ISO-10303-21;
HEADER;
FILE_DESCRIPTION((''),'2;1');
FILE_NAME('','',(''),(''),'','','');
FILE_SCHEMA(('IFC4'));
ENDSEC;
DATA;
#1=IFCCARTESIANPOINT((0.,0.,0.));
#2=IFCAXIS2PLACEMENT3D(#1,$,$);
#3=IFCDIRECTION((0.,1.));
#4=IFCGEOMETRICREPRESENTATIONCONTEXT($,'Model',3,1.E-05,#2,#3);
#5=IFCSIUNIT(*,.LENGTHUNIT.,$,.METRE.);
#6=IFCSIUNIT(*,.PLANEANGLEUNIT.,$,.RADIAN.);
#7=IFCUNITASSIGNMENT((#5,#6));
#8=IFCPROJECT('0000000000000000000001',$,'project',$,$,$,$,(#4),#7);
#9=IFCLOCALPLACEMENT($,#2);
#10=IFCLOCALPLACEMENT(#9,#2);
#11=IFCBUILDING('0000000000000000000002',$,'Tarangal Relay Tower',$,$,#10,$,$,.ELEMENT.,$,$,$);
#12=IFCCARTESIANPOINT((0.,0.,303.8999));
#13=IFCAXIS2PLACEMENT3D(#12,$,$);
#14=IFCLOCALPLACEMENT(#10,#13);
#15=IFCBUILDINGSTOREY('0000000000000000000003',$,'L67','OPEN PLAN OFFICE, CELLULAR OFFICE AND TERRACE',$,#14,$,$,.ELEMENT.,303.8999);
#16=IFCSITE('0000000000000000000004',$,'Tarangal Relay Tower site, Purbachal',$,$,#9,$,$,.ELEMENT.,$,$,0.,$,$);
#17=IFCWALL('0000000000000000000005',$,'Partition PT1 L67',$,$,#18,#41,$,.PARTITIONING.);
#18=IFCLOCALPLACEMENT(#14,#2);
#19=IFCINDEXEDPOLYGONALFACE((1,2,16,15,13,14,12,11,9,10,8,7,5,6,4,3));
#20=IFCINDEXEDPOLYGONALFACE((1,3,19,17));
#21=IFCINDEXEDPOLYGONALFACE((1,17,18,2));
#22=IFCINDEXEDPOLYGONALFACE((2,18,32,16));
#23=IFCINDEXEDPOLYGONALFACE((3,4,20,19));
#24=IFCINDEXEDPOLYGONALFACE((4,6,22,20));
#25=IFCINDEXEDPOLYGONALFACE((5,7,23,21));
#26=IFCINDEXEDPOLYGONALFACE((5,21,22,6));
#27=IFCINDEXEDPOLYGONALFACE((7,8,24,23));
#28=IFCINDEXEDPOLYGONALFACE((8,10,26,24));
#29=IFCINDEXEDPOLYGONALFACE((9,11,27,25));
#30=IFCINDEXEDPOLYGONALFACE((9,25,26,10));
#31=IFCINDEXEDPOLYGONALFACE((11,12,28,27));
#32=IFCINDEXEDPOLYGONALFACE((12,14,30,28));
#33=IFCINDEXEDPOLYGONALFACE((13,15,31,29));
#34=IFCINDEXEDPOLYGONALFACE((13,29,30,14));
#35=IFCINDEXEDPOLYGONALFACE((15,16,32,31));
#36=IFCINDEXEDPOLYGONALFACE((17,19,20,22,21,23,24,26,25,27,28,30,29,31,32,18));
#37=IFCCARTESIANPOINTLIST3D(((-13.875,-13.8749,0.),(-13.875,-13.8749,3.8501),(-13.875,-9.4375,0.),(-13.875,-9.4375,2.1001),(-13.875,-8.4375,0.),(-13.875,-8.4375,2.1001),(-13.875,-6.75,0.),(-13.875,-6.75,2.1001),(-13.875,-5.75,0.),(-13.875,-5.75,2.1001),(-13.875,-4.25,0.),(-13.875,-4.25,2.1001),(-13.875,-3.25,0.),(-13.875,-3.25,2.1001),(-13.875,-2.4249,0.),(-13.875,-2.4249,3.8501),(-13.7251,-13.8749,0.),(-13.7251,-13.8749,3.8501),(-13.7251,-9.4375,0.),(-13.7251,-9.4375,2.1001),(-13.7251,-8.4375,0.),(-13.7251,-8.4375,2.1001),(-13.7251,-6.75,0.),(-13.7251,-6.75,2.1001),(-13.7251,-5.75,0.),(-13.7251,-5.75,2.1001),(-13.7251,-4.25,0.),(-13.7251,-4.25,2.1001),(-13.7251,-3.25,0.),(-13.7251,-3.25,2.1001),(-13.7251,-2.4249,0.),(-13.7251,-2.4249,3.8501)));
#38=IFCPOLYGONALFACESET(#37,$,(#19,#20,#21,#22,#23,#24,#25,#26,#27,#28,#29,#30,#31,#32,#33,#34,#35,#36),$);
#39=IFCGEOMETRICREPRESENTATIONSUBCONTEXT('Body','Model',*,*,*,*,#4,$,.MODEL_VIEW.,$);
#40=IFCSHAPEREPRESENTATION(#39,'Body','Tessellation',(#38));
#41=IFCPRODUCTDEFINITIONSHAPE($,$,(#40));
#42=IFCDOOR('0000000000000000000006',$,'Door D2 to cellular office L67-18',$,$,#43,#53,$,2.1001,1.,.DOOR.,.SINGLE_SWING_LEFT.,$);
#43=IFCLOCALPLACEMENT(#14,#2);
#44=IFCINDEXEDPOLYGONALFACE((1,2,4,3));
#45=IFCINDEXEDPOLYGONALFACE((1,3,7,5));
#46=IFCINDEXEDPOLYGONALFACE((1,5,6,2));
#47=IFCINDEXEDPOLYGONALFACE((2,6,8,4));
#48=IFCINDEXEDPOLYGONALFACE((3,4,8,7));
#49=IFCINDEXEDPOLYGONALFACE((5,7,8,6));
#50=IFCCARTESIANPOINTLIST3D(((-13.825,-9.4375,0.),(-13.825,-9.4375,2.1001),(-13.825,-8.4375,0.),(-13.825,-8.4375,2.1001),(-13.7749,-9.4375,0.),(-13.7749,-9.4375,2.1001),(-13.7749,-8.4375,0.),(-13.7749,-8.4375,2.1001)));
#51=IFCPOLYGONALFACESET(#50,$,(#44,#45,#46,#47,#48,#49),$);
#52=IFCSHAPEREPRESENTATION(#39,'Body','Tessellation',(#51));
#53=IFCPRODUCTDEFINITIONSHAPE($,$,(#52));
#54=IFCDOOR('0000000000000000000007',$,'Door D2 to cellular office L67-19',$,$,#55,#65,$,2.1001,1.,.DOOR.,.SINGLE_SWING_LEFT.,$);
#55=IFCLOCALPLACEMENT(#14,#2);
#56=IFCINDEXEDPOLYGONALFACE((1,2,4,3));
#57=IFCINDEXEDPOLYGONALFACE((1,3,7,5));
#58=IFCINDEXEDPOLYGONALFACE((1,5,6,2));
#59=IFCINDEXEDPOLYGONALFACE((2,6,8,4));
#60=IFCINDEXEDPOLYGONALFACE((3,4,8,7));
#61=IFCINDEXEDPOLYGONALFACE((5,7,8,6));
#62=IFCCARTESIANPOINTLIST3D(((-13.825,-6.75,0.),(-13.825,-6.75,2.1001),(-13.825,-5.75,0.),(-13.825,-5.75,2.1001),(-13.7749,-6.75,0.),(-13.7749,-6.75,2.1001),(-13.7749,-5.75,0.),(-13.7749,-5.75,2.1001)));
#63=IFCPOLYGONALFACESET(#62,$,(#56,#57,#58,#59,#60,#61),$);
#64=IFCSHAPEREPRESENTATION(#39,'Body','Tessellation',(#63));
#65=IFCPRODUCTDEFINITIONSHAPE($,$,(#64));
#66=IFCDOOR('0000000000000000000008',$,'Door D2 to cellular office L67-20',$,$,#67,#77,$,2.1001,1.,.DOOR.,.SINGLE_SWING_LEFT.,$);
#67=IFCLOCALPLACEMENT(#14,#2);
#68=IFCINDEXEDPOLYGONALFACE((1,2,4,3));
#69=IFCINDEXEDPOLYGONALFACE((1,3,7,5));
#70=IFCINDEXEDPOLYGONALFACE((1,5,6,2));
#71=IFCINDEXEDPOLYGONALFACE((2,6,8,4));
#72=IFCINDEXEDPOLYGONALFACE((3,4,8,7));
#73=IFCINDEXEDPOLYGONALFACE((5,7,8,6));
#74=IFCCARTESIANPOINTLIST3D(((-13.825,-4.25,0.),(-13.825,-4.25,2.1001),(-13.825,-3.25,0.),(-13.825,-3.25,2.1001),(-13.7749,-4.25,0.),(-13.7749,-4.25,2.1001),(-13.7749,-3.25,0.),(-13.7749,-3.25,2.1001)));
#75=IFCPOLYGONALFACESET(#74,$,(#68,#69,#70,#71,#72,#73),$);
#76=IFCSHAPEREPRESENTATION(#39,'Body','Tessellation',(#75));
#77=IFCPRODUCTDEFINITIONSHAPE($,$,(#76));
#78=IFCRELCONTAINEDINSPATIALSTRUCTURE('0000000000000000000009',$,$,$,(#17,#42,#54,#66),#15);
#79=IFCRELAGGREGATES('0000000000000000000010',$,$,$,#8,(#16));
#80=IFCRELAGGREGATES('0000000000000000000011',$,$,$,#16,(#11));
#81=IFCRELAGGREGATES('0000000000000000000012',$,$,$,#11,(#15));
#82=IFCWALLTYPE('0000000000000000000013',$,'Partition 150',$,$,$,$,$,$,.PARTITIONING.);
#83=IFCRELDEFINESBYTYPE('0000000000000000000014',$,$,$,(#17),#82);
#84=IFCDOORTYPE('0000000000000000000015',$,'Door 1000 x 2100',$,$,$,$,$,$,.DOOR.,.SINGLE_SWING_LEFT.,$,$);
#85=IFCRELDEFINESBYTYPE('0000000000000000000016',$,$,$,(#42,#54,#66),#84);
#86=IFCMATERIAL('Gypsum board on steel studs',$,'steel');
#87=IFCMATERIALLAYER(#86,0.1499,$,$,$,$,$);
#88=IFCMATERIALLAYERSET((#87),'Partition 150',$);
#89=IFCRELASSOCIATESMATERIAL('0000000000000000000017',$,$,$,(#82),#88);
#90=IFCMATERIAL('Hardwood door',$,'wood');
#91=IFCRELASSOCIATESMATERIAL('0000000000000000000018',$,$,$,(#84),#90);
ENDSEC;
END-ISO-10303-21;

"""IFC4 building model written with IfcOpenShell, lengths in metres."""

from ifc_helpers import new_model, si_unit, direction, frame, frame_2d, origin, place, context, subcontext, project, spatial, rectangle, extrude, material, layer, layer_set, type_object, element, fill, save


model = new_model("IFC4")

# Units and contexts
model_context = context("Model", 3, precision=1e-05, world=origin(), true_north=direction((0.0, 1.0)))
body_context = subcontext(model_context, "Body", "Model", "MODEL_VIEW")
ifc_project = project(units=[si_unit("LENGTHUNIT", "METRE"), si_unit("PLANEANGLEUNIT", "RADIAN")], contexts=[model_context])

# Site, building, storey
site_placement = place(None, origin())
site = spatial("IfcSite", under=ifc_project, at=site_placement, Name="Tarangal Relay Tower site, Purbachal", CompositionType="ELEMENT", RefElevation=0.0)
building_placement = place(site_placement, origin())
building = spatial("IfcBuilding", under=site, at=building_placement, Name="Tarangal Relay Tower", CompositionType="ELEMENT")
storey_placement = place(building_placement, frame((0.0, 0.0, 303.8999)))
storey = spatial("IfcBuildingStorey", under=building, at=storey_placement, Name="L67", Description="OPEN PLAN OFFICE, CELLULAR OFFICE AND TERRACE", CompositionType="ELEMENT", Elevation=303.8999)

# Wall, openings, doors
ifc_material_1 = material(Name="Gypsum board on steel studs", Category="steel")
ifc_layer_1 = layer(ifc_material_1, 0.1499)
ifc_layer_set_1 = layer_set([ifc_layer_1], Name="Partition 150")
wall_type_1 = type_object("IfcWallType", Name="Partition 150", PredefinedType="PARTITIONING", material=ifc_layer_set_1)
ifc_material_2 = material(Name="Hardwood door", Category="wood")
door_type_1 = type_object("IfcDoorType", Name="Door 1000 x 2100", OperationType="SINGLE_SWING_LEFT", PredefinedType="DOOR", material=ifc_material_2)
wall_1_placement = place(storey_placement, frame((-13.8, -13.875, 0.0), z_axis=(0.0, 0.0, 1.0), x_axis=(0.0, 1.0, 0.0)))
wall_1 = element("IfcWall", 1, at=wall_1_placement, inside=storey, type_object=wall_type_1, Name="Partition PT1 L67", PredefinedType="PARTITIONING", context=body_context, shape_type="SweptSolid", body=[
    extrude(rectangle(XDim=11.45, YDim=0.1499, at=frame_2d((5.7251, 0.0))), origin(), (0.0, 0.0, 1.0), 3.8501),
])
opening_1_placement = place(wall_1_placement, frame((4.4375, 0.0, 0.0)))
opening_1 = element("IfcOpeningElement", 2, at=opening_1_placement, cuts=wall_1, PredefinedType="OPENING", context=body_context, shape_type="SweptSolid", body=[
    extrude(rectangle(XDim=1.0, YDim=2.1001, at=frame_2d((0.5, 1.05))), frame((0.0, 0.085, 0.0), z_axis=(0.0, -1.0, 0.0), x_axis=(1.0, 0.0, 0.0)), (0.0, 0.0, 1.0), 0.1699),
])
opening_2_placement = place(wall_1_placement, frame((7.125, 0.0, 0.0)))
opening_2 = element("IfcOpeningElement", 3, at=opening_2_placement, cuts=wall_1, PredefinedType="OPENING", context=body_context, shape_type="SweptSolid", body=[
    extrude(rectangle(XDim=1.0, YDim=2.1001, at=frame_2d((0.5, 1.05))), frame((0.0, 0.085, 0.0), z_axis=(0.0, -1.0, 0.0), x_axis=(1.0, 0.0, 0.0)), (0.0, 0.0, 1.0), 0.1699),
])
opening_3_placement = place(wall_1_placement, frame((9.625, 0.0, 0.0)))
opening_3 = element("IfcOpeningElement", 4, at=opening_3_placement, cuts=wall_1, PredefinedType="OPENING", context=body_context, shape_type="SweptSolid", body=[
    extrude(rectangle(XDim=1.0, YDim=2.1001, at=frame_2d((0.5, 1.05))), frame((0.0, 0.085, 0.0), z_axis=(0.0, -1.0, 0.0), x_axis=(1.0, 0.0, 0.0)), (0.0, 0.0, 1.0), 0.1699),
])
door_1_placement = place(opening_1_placement, origin())
door_1 = element("IfcDoor", 5, at=door_1_placement, inside=storey, type_object=door_type_1, Name="Door D2 to cellular office L67-18", OperationType="SINGLE_SWING_LEFT", OverallHeight=2.1001, OverallWidth=1.0, PredefinedType="DOOR", context=body_context, shape_type="SweptSolid", body=[
    extrude(rectangle(XDim=1.0, YDim=2.1001, at=frame_2d((0.5, 1.05))), frame((0.0, 0.0249, 0.0), z_axis=(0.0, -1.0, 0.0), x_axis=(1.0, 0.0, 0.0)), (0.0, 0.0, 1.0), 0.05),
])
fill(opening_1, door_1)
door_2_placement = place(opening_2_placement, origin())
door_2 = element("IfcDoor", 6, at=door_2_placement, inside=storey, type_object=door_type_1, Name="Door D2 to cellular office L67-19", OperationType="SINGLE_SWING_LEFT", OverallHeight=2.1001, OverallWidth=1.0, PredefinedType="DOOR", context=body_context, shape_type="SweptSolid", body=[
    extrude(rectangle(XDim=1.0, YDim=2.1001, at=frame_2d((0.5, 1.05))), frame((0.0, 0.0249, 0.0), z_axis=(0.0, -1.0, 0.0), x_axis=(1.0, 0.0, 0.0)), (0.0, 0.0, 1.0), 0.05),
])
fill(opening_2, door_2)
door_3_placement = place(opening_3_placement, origin())
door_3 = element("IfcDoor", 7, at=door_3_placement, inside=storey, type_object=door_type_1, Name="Door D2 to cellular office L67-20", OperationType="SINGLE_SWING_LEFT", OverallHeight=2.1001, OverallWidth=1.0, PredefinedType="DOOR", context=body_context, shape_type="SweptSolid", body=[
    extrude(rectangle(XDim=1.0, YDim=2.1001, at=frame_2d((0.5, 1.05))), frame((0.0, 0.0249, 0.0), z_axis=(0.0, -1.0, 0.0), x_axis=(1.0, 0.0, 0.0)), (0.0, 0.0, 1.0), 0.05),
])
fill(opening_3, door_3)

save(model, "model.ifc")
